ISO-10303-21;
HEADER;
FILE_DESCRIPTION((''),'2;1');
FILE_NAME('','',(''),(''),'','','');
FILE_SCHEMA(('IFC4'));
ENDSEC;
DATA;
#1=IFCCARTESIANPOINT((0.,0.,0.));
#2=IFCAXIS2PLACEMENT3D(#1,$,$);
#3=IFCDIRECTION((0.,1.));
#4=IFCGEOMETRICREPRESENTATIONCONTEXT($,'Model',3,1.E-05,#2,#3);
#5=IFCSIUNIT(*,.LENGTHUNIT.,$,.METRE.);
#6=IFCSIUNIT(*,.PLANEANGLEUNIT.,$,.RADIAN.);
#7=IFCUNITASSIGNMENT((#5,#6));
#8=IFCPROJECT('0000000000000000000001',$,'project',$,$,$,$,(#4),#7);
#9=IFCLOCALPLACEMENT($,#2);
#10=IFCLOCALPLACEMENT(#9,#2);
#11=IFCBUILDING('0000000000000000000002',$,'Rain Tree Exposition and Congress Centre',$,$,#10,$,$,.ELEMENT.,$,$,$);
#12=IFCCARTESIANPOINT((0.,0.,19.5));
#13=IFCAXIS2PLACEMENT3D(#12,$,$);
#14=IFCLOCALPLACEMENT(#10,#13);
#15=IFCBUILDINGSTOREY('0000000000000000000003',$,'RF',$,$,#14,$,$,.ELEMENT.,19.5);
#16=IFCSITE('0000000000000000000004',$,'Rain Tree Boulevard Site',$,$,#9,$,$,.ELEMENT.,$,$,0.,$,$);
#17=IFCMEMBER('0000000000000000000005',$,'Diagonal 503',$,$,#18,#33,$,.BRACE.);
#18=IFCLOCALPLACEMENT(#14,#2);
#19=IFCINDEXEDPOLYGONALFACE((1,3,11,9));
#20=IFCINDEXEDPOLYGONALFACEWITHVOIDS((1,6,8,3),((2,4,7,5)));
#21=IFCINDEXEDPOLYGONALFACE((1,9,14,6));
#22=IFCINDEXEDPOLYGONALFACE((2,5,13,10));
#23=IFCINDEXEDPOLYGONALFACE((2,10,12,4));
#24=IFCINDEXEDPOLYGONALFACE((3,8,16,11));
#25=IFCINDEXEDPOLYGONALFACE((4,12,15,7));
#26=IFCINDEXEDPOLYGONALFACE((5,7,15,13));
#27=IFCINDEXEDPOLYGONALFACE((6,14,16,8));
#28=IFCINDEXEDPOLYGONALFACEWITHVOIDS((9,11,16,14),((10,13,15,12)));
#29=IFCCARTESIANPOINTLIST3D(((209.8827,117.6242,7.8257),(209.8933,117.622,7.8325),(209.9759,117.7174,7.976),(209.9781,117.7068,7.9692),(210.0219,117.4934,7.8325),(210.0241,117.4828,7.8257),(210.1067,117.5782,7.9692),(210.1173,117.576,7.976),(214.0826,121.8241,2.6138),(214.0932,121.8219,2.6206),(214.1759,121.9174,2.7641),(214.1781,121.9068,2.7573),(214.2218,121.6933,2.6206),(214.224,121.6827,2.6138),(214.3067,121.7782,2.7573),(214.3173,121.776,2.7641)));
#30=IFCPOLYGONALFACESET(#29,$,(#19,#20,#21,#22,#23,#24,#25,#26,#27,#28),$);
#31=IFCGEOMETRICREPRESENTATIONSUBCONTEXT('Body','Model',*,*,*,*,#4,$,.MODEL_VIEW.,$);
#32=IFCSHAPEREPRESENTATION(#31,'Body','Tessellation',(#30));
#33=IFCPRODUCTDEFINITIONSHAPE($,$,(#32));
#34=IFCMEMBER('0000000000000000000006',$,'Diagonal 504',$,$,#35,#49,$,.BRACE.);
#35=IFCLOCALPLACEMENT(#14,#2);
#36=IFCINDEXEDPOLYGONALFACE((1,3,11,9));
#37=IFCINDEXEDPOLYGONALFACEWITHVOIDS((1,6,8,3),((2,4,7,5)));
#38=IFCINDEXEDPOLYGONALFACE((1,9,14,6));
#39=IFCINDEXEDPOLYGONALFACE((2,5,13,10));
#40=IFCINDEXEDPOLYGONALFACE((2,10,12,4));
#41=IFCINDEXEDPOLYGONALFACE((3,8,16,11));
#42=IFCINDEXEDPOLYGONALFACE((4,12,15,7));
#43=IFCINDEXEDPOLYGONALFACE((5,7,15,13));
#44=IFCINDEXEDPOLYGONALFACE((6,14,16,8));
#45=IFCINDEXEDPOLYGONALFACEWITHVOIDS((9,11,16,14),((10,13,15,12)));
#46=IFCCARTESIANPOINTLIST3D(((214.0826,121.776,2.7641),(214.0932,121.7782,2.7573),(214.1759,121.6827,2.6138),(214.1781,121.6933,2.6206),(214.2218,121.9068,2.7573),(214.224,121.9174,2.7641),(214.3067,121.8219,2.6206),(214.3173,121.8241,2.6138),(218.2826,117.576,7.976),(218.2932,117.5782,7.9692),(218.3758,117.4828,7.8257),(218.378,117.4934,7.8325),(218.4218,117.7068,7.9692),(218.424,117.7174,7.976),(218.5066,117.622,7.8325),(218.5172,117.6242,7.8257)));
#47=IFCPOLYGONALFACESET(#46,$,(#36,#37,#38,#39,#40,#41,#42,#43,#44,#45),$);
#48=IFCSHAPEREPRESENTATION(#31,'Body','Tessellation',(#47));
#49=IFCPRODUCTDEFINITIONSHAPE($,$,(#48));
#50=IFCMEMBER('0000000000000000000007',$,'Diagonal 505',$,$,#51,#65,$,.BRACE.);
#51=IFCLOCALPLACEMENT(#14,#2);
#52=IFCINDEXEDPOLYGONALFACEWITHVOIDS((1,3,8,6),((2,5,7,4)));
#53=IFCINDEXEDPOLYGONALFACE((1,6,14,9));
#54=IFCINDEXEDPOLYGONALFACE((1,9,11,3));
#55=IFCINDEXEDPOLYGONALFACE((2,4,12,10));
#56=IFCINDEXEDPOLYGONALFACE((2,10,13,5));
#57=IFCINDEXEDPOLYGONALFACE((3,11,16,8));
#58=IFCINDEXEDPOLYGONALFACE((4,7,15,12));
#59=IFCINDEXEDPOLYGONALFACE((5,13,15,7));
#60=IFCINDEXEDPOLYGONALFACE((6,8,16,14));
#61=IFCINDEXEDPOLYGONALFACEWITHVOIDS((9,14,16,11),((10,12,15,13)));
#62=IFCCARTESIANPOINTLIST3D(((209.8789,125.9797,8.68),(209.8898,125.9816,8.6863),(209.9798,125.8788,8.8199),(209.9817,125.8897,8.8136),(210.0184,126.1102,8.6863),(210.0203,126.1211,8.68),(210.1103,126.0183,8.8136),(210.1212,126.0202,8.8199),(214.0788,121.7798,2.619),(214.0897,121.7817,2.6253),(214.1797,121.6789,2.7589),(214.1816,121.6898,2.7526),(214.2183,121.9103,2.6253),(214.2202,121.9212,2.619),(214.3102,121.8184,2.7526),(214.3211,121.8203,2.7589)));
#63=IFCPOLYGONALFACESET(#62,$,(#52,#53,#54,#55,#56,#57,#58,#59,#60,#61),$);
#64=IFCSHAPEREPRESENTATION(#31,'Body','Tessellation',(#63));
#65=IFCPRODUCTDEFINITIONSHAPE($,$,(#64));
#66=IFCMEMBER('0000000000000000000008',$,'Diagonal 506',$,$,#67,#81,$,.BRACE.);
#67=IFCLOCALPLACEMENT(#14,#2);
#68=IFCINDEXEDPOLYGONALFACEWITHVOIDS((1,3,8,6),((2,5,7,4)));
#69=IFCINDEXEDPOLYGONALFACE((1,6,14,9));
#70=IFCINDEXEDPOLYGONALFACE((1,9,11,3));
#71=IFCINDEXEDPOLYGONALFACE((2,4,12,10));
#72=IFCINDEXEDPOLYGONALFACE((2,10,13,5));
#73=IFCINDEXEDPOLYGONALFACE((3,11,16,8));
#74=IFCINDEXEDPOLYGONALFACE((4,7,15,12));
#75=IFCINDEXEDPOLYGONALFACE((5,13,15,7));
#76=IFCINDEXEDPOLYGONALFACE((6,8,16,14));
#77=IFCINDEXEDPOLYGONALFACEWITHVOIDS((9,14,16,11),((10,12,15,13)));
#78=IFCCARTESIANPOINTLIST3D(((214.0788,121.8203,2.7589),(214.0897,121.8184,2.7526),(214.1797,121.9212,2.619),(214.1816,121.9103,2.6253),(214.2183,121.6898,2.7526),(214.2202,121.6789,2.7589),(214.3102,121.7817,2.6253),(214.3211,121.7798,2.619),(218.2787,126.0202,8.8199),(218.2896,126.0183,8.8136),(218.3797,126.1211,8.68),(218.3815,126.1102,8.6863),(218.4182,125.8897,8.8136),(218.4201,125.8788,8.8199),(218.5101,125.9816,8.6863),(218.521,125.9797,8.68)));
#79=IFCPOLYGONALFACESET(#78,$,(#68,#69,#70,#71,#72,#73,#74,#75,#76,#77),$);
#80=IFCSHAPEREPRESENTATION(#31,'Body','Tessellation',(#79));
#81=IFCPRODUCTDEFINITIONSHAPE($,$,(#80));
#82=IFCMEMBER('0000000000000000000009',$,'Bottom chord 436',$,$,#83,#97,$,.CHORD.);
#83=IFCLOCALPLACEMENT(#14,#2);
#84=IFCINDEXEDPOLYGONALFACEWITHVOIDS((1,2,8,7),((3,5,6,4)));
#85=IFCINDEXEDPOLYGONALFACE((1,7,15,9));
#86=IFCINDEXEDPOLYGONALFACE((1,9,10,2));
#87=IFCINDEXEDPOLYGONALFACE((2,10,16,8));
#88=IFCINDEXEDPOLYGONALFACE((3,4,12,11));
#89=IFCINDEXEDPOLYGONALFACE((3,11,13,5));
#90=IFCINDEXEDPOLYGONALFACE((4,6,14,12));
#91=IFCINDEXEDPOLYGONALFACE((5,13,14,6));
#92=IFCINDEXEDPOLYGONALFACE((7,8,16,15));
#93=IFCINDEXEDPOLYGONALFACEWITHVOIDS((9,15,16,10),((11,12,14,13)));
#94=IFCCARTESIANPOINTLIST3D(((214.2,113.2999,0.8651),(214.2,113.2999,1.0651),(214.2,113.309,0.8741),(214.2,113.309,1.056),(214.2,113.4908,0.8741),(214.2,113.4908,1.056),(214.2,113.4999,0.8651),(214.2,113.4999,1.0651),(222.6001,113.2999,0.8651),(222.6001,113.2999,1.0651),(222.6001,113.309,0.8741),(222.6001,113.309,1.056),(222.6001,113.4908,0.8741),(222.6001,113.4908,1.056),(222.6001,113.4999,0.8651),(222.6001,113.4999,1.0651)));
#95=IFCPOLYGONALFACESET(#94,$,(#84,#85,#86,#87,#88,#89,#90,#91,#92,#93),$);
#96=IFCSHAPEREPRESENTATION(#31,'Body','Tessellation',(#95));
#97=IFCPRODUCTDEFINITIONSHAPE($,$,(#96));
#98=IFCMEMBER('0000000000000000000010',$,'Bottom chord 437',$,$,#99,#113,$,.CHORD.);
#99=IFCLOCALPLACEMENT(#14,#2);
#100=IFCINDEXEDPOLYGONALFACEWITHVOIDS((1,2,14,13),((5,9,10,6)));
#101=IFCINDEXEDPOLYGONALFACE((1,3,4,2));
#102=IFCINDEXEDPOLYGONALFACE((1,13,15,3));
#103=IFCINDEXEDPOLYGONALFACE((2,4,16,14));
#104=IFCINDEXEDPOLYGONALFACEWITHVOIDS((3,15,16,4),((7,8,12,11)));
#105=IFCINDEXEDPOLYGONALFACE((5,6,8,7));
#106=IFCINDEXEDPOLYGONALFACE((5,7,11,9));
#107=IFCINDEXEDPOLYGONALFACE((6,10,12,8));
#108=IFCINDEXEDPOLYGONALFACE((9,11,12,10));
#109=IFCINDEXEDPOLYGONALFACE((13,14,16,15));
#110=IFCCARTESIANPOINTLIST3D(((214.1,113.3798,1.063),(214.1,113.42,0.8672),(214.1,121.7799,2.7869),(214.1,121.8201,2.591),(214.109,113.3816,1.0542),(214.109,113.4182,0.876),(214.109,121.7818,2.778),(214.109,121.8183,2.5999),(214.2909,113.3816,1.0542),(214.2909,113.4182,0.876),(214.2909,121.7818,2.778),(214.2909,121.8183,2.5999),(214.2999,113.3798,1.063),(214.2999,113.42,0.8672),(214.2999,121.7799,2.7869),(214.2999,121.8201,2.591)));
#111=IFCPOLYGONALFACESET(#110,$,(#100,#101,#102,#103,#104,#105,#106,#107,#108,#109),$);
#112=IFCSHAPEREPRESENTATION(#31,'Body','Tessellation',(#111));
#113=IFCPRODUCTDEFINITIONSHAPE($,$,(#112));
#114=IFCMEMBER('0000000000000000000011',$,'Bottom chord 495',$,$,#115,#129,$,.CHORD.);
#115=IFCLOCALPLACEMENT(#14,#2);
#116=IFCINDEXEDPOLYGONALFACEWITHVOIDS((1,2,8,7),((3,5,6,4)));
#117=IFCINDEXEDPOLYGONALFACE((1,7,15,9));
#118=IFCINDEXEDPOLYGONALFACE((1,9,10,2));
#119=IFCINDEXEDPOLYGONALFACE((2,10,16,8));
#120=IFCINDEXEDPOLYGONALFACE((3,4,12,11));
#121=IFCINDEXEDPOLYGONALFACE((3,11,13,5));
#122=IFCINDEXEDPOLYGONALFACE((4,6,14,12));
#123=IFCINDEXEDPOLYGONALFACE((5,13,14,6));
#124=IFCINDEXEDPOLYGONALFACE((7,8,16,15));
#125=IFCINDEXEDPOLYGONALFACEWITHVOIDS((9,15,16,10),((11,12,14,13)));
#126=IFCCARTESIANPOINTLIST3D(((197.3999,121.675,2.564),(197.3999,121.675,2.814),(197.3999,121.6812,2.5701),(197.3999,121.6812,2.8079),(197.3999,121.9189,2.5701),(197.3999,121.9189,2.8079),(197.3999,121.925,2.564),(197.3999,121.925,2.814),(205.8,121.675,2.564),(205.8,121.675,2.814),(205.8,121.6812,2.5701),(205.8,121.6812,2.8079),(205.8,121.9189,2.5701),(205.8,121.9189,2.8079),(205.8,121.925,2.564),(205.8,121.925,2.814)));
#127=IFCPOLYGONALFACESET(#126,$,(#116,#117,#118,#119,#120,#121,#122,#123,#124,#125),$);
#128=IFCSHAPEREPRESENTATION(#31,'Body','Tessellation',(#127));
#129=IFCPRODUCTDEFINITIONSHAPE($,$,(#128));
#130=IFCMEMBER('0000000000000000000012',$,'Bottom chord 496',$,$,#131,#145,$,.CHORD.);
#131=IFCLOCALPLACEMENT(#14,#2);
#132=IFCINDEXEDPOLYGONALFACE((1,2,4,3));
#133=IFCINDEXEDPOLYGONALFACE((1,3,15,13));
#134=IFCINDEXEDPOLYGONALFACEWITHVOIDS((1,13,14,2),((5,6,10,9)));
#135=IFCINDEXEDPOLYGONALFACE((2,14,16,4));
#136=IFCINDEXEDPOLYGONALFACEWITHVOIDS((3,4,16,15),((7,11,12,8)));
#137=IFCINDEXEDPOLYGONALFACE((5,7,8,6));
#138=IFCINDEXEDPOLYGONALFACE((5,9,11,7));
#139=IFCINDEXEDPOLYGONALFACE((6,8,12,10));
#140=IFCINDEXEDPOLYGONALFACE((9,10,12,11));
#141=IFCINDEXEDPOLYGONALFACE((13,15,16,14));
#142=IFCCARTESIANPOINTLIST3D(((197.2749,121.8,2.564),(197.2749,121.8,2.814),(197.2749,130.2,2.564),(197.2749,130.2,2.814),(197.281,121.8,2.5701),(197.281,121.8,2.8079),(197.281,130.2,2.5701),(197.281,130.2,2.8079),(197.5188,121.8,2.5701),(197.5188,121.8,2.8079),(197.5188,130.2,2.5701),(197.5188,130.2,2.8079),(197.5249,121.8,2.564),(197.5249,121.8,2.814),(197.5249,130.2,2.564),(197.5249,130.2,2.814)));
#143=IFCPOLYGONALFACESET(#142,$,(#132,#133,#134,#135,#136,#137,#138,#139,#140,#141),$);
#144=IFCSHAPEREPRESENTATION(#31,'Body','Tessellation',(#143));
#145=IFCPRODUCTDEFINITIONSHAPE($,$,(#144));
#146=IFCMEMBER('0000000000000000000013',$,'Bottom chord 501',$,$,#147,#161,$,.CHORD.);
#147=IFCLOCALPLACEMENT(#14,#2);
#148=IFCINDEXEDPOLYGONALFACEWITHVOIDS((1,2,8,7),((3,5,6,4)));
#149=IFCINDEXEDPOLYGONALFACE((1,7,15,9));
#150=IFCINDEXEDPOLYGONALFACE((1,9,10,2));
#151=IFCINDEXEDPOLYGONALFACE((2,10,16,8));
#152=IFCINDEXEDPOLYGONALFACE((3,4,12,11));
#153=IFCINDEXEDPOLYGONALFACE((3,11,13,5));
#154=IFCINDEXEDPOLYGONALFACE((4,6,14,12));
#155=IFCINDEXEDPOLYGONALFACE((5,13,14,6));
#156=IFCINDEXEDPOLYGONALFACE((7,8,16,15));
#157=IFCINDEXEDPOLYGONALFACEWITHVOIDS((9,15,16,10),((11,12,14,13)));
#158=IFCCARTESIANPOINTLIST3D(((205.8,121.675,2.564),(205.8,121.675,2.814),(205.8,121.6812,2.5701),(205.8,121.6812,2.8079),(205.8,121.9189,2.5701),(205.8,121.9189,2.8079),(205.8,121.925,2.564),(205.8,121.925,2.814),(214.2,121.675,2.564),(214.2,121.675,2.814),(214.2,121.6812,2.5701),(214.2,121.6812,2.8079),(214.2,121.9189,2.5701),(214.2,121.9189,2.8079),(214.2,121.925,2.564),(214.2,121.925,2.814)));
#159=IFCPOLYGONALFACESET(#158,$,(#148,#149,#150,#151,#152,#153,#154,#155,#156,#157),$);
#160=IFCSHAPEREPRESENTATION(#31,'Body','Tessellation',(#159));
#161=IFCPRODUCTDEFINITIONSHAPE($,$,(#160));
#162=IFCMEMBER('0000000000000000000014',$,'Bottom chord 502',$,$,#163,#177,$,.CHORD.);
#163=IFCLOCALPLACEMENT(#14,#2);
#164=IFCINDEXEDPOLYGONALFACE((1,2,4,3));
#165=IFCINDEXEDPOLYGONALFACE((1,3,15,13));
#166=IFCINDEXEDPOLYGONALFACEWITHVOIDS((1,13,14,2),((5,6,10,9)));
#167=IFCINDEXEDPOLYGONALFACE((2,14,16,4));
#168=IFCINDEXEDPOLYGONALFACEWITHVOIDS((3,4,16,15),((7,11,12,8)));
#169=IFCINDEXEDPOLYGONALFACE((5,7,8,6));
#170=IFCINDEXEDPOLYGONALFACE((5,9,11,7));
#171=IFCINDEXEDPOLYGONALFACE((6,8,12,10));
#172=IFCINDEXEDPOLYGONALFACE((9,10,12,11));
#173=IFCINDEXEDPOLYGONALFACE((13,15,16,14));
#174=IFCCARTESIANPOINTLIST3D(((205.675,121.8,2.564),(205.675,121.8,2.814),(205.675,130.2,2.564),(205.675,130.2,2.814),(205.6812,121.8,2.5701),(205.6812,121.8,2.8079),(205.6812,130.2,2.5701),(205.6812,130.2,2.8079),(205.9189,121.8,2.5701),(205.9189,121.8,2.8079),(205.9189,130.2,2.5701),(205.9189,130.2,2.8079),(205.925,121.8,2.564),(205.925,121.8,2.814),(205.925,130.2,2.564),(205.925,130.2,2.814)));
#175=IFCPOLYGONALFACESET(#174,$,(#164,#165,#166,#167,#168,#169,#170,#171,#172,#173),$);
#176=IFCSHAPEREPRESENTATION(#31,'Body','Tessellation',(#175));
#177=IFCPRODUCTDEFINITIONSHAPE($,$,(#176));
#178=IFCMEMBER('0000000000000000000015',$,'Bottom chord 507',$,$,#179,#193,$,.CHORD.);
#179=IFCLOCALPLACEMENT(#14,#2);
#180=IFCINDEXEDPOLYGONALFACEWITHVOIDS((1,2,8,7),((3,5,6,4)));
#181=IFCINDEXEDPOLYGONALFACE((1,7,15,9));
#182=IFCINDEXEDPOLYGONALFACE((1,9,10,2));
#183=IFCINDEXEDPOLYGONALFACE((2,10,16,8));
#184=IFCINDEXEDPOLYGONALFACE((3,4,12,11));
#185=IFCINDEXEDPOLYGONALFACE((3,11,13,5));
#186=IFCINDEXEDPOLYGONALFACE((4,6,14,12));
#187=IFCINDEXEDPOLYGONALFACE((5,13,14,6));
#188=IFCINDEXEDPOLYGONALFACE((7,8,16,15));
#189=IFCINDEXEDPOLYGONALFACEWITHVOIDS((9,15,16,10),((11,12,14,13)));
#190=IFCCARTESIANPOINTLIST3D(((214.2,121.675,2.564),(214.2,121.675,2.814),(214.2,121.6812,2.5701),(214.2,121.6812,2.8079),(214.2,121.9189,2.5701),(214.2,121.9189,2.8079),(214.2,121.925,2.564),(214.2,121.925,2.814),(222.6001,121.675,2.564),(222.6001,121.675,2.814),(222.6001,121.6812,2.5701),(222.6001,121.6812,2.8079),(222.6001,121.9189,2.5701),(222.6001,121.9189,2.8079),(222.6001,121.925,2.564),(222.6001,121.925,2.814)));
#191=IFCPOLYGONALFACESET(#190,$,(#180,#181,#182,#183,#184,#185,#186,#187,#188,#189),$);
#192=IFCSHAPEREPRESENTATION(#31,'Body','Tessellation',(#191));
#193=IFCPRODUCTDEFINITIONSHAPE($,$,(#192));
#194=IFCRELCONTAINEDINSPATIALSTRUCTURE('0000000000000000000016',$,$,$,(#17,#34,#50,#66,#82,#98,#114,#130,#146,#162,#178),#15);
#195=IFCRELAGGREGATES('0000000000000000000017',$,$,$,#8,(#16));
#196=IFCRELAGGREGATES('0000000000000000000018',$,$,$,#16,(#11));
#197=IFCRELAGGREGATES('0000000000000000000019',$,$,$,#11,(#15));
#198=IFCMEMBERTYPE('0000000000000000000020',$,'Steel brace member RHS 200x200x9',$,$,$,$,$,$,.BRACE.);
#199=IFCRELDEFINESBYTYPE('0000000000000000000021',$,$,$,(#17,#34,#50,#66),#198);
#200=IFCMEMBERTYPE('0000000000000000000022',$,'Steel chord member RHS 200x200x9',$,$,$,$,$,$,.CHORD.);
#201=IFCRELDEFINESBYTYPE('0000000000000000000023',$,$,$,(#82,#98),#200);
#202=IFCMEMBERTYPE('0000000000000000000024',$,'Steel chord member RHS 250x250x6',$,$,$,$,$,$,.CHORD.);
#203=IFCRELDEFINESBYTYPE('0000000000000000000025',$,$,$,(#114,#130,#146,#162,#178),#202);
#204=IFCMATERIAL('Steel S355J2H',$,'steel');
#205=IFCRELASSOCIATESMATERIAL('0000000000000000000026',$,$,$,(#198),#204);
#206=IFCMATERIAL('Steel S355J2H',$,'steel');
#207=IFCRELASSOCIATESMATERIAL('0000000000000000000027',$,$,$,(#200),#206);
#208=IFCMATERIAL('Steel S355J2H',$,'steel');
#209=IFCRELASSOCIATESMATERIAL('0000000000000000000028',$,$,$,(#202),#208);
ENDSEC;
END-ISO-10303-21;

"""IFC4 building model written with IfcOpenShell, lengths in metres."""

from ifc_helpers import new_model, si_unit, direction, frame, origin, origin_2d, place, context, subcontext, project, spatial, hollow_rectangle, extrude, material, material_profile, profile_set, type_object, element, save


model = new_model("IFC4")

# Units and contexts
model_context = context("Model", 3, precision=1e-05, world=origin(), true_north=direction((0.0, 1.0)))
body_context = subcontext(model_context, "Body", "Model", "MODEL_VIEW")
ifc_project = project(units=[si_unit("LENGTHUNIT", "METRE"), si_unit("PLANEANGLEUNIT", "RADIAN")], contexts=[model_context])

# Site, building, storey
site_placement = place(None, origin())
site = spatial("IfcSite", under=ifc_project, at=site_placement, Name="Rain Tree Boulevard Site", CompositionType="ELEMENT", RefElevation=0.0)
building_placement = place(site_placement, origin())
building = spatial("IfcBuilding", under=site, at=building_placement, Name="Rain Tree Exposition and Congress Centre", CompositionType="ELEMENT")
storey_placement = place(building_placement, frame((0.0, 0.0, 19.5)))
storey = spatial("IfcBuildingStorey", under=building, at=storey_placement, Name="RF", CompositionType="ELEMENT", Elevation=19.5)

# Members
ifc_material_1 = material(Name="Steel S355J2H", Category="steel")
ifc_material_profile_1 = material_profile(ifc_material_1, hollow_rectangle(XDim=0.2, YDim=0.2, WallThickness=0.009, at=origin_2d()), Name="RHS 200x200x9")
ifc_profile_set_1 = profile_set([ifc_material_profile_1], Name="Steel S355J2H")
member_type_1 = type_object("IfcMemberType", Name="Steel brace member RHS 200x200x9", PredefinedType="BRACE", material=ifc_profile_set_1)
for number, where, z_axis, x_axis, name in (
    (1, (214.2, 121.8, 2.689), (-0.531498, -0.531498, 0.65956), (0.707107, -0.707107, 0.0), "Diagonal 503"),
    (2, (214.2, 121.8, 2.689), (0.531498, -0.531498, 0.65956), (0.707107, 0.707107, 0.0), "Diagonal 504"),
):
    element("IfcMember", number, at=place(storey_placement, frame(where, z_axis=z_axis, x_axis=x_axis)), inside=storey, type_object=member_type_1, Name=name, PredefinedType="BRACE", context=body_context, shape_type="SweptSolid", body=[
        extrude(hollow_rectangle(XDim=0.2, YDim=0.2, WallThickness=0.009, at=origin_2d()), origin(), (0.0, 0.0, 1.0), 7.9021),
    ])
for number, where, z_axis, x_axis, name in (
    (3, (214.2, 121.8, 2.689), (-0.494916, 0.494916, 0.714224), (-0.707107, -0.707107, 0.0), "Diagonal 505"),
    (4, (214.2, 121.8, 2.689), (0.494916, 0.494916, 0.714224), (-0.707107, 0.707107, 0.0), "Diagonal 506"),
):
    element("IfcMember", number, at=place(storey_placement, frame(where, z_axis=z_axis, x_axis=x_axis)), inside=storey, type_object=member_type_1, Name=name, PredefinedType="BRACE", context=body_context, shape_type="SweptSolid", body=[
        extrude(hollow_rectangle(XDim=0.2, YDim=0.2, WallThickness=0.009, at=origin_2d()), origin(), (0.0, 0.0, 1.0), 8.4861),
    ])
ifc_material_2 = material(Name="Steel S355J2H", Category="steel")
ifc_material_profile_2 = material_profile(ifc_material_2, hollow_rectangle(XDim=0.2, YDim=0.2, WallThickness=0.009, at=origin_2d()), Name="RHS 200x200x9")
ifc_profile_set_2 = profile_set([ifc_material_profile_2], Name="Steel S355J2H")
member_type_2 = type_object("IfcMemberType", Name="Steel chord member RHS 200x200x9", PredefinedType="CHORD", material=ifc_profile_set_2)
member_1_placement = place(storey_placement, frame((214.2, 113.3999, 0.9651), z_axis=(1.0, 0.0, 0.0), x_axis=(0.0, 1.0, 0.0)))
element("IfcMember", 5, at=member_1_placement, inside=storey, type_object=member_type_2, Name="Bottom chord 436", PredefinedType="CHORD", context=body_context, shape_type="SweptSolid", body=[
    extrude(hollow_rectangle(XDim=0.2, YDim=0.2, WallThickness=0.009, at=origin_2d()), origin(), (0.0, 0.0, 1.0), 8.4001),
])
member_2_placement = place(storey_placement, frame((214.2, 113.3999, 0.9651), z_axis=(0.0, 0.979585, 0.20103), x_axis=(-1.0, 0.0, 0.0)))
element("IfcMember", 6, at=member_2_placement, inside=storey, type_object=member_type_2, Name="Bottom chord 437", PredefinedType="CHORD", context=body_context, shape_type="SweptSolid", body=[
    extrude(hollow_rectangle(XDim=0.2, YDim=0.2, WallThickness=0.009, at=origin_2d()), origin(), (0.0, 0.0, 1.0), 8.5752),
])
ifc_material_3 = material(Name="Steel S355J2H", Category="steel")
ifc_material_profile_3 = material_profile(ifc_material_3, hollow_rectangle(XDim=0.25, YDim=0.25, WallThickness=0.0061, at=origin_2d()), Name="RHS 250x250x6")
ifc_profile_set_3 = profile_set([ifc_material_profile_3], Name="Steel S355J2H")
member_type_3 = type_object("IfcMemberType", Name="Steel chord member RHS 250x250x6", PredefinedType="CHORD", material=ifc_profile_set_3)
member_3_placement = place(storey_placement, frame((197.3999, 121.8, 2.689), z_axis=(1.0, 0.0, 0.0), x_axis=(0.0, 1.0, 0.0)))
element("IfcMember", 7, at=member_3_placement, inside=storey, type_object=member_type_3, Name="Bottom chord 495", PredefinedType="CHORD", context=body_context, shape_type="SweptSolid", body=[
    extrude(hollow_rectangle(XDim=0.25, YDim=0.25, WallThickness=0.0061, at=origin_2d()), origin(), (0.0, 0.0, 1.0), 8.4001),
])
for number, where, z_axis, x_axis, name in (
    (8, (197.3999, 121.8, 2.689), (0.0, 1.0, 0.0), (-1.0, 0.0, 0.0), "Bottom chord 496"),
    (9, (205.8, 121.8, 2.689), (1.0, 0.0, 0.0), (0.0, 1.0, 0.0), "Bottom chord 501"),
    (10, (205.8, 121.8, 2.689), (0.0, 1.0, 0.0), (-1.0, 0.0, 0.0), "Bottom chord 502"),
):
    element("IfcMember", number, at=place(storey_placement, frame(where, z_axis=z_axis, x_axis=x_axis)), inside=storey, type_object=member_type_3, Name=name, PredefinedType="CHORD", context=body_context, shape_type="SweptSolid", body=[
        extrude(hollow_rectangle(XDim=0.25, YDim=0.25, WallThickness=0.0061, at=origin_2d()), origin(), (0.0, 0.0, 1.0), 8.3999),
    ])
member_4_placement = place(storey_placement, frame((214.2, 121.8, 2.689), z_axis=(1.0, 0.0, 0.0), x_axis=(0.0, 1.0, 0.0)))
element("IfcMember", 11, at=member_4_placement, inside=storey, type_object=member_type_3, Name="Bottom chord 507", PredefinedType="CHORD", context=body_context, shape_type="SweptSolid", body=[
    extrude(hollow_rectangle(XDim=0.25, YDim=0.25, WallThickness=0.0061, at=origin_2d()), origin(), (0.0, 0.0, 1.0), 8.4001),
])

save(model, "model.ifc")
